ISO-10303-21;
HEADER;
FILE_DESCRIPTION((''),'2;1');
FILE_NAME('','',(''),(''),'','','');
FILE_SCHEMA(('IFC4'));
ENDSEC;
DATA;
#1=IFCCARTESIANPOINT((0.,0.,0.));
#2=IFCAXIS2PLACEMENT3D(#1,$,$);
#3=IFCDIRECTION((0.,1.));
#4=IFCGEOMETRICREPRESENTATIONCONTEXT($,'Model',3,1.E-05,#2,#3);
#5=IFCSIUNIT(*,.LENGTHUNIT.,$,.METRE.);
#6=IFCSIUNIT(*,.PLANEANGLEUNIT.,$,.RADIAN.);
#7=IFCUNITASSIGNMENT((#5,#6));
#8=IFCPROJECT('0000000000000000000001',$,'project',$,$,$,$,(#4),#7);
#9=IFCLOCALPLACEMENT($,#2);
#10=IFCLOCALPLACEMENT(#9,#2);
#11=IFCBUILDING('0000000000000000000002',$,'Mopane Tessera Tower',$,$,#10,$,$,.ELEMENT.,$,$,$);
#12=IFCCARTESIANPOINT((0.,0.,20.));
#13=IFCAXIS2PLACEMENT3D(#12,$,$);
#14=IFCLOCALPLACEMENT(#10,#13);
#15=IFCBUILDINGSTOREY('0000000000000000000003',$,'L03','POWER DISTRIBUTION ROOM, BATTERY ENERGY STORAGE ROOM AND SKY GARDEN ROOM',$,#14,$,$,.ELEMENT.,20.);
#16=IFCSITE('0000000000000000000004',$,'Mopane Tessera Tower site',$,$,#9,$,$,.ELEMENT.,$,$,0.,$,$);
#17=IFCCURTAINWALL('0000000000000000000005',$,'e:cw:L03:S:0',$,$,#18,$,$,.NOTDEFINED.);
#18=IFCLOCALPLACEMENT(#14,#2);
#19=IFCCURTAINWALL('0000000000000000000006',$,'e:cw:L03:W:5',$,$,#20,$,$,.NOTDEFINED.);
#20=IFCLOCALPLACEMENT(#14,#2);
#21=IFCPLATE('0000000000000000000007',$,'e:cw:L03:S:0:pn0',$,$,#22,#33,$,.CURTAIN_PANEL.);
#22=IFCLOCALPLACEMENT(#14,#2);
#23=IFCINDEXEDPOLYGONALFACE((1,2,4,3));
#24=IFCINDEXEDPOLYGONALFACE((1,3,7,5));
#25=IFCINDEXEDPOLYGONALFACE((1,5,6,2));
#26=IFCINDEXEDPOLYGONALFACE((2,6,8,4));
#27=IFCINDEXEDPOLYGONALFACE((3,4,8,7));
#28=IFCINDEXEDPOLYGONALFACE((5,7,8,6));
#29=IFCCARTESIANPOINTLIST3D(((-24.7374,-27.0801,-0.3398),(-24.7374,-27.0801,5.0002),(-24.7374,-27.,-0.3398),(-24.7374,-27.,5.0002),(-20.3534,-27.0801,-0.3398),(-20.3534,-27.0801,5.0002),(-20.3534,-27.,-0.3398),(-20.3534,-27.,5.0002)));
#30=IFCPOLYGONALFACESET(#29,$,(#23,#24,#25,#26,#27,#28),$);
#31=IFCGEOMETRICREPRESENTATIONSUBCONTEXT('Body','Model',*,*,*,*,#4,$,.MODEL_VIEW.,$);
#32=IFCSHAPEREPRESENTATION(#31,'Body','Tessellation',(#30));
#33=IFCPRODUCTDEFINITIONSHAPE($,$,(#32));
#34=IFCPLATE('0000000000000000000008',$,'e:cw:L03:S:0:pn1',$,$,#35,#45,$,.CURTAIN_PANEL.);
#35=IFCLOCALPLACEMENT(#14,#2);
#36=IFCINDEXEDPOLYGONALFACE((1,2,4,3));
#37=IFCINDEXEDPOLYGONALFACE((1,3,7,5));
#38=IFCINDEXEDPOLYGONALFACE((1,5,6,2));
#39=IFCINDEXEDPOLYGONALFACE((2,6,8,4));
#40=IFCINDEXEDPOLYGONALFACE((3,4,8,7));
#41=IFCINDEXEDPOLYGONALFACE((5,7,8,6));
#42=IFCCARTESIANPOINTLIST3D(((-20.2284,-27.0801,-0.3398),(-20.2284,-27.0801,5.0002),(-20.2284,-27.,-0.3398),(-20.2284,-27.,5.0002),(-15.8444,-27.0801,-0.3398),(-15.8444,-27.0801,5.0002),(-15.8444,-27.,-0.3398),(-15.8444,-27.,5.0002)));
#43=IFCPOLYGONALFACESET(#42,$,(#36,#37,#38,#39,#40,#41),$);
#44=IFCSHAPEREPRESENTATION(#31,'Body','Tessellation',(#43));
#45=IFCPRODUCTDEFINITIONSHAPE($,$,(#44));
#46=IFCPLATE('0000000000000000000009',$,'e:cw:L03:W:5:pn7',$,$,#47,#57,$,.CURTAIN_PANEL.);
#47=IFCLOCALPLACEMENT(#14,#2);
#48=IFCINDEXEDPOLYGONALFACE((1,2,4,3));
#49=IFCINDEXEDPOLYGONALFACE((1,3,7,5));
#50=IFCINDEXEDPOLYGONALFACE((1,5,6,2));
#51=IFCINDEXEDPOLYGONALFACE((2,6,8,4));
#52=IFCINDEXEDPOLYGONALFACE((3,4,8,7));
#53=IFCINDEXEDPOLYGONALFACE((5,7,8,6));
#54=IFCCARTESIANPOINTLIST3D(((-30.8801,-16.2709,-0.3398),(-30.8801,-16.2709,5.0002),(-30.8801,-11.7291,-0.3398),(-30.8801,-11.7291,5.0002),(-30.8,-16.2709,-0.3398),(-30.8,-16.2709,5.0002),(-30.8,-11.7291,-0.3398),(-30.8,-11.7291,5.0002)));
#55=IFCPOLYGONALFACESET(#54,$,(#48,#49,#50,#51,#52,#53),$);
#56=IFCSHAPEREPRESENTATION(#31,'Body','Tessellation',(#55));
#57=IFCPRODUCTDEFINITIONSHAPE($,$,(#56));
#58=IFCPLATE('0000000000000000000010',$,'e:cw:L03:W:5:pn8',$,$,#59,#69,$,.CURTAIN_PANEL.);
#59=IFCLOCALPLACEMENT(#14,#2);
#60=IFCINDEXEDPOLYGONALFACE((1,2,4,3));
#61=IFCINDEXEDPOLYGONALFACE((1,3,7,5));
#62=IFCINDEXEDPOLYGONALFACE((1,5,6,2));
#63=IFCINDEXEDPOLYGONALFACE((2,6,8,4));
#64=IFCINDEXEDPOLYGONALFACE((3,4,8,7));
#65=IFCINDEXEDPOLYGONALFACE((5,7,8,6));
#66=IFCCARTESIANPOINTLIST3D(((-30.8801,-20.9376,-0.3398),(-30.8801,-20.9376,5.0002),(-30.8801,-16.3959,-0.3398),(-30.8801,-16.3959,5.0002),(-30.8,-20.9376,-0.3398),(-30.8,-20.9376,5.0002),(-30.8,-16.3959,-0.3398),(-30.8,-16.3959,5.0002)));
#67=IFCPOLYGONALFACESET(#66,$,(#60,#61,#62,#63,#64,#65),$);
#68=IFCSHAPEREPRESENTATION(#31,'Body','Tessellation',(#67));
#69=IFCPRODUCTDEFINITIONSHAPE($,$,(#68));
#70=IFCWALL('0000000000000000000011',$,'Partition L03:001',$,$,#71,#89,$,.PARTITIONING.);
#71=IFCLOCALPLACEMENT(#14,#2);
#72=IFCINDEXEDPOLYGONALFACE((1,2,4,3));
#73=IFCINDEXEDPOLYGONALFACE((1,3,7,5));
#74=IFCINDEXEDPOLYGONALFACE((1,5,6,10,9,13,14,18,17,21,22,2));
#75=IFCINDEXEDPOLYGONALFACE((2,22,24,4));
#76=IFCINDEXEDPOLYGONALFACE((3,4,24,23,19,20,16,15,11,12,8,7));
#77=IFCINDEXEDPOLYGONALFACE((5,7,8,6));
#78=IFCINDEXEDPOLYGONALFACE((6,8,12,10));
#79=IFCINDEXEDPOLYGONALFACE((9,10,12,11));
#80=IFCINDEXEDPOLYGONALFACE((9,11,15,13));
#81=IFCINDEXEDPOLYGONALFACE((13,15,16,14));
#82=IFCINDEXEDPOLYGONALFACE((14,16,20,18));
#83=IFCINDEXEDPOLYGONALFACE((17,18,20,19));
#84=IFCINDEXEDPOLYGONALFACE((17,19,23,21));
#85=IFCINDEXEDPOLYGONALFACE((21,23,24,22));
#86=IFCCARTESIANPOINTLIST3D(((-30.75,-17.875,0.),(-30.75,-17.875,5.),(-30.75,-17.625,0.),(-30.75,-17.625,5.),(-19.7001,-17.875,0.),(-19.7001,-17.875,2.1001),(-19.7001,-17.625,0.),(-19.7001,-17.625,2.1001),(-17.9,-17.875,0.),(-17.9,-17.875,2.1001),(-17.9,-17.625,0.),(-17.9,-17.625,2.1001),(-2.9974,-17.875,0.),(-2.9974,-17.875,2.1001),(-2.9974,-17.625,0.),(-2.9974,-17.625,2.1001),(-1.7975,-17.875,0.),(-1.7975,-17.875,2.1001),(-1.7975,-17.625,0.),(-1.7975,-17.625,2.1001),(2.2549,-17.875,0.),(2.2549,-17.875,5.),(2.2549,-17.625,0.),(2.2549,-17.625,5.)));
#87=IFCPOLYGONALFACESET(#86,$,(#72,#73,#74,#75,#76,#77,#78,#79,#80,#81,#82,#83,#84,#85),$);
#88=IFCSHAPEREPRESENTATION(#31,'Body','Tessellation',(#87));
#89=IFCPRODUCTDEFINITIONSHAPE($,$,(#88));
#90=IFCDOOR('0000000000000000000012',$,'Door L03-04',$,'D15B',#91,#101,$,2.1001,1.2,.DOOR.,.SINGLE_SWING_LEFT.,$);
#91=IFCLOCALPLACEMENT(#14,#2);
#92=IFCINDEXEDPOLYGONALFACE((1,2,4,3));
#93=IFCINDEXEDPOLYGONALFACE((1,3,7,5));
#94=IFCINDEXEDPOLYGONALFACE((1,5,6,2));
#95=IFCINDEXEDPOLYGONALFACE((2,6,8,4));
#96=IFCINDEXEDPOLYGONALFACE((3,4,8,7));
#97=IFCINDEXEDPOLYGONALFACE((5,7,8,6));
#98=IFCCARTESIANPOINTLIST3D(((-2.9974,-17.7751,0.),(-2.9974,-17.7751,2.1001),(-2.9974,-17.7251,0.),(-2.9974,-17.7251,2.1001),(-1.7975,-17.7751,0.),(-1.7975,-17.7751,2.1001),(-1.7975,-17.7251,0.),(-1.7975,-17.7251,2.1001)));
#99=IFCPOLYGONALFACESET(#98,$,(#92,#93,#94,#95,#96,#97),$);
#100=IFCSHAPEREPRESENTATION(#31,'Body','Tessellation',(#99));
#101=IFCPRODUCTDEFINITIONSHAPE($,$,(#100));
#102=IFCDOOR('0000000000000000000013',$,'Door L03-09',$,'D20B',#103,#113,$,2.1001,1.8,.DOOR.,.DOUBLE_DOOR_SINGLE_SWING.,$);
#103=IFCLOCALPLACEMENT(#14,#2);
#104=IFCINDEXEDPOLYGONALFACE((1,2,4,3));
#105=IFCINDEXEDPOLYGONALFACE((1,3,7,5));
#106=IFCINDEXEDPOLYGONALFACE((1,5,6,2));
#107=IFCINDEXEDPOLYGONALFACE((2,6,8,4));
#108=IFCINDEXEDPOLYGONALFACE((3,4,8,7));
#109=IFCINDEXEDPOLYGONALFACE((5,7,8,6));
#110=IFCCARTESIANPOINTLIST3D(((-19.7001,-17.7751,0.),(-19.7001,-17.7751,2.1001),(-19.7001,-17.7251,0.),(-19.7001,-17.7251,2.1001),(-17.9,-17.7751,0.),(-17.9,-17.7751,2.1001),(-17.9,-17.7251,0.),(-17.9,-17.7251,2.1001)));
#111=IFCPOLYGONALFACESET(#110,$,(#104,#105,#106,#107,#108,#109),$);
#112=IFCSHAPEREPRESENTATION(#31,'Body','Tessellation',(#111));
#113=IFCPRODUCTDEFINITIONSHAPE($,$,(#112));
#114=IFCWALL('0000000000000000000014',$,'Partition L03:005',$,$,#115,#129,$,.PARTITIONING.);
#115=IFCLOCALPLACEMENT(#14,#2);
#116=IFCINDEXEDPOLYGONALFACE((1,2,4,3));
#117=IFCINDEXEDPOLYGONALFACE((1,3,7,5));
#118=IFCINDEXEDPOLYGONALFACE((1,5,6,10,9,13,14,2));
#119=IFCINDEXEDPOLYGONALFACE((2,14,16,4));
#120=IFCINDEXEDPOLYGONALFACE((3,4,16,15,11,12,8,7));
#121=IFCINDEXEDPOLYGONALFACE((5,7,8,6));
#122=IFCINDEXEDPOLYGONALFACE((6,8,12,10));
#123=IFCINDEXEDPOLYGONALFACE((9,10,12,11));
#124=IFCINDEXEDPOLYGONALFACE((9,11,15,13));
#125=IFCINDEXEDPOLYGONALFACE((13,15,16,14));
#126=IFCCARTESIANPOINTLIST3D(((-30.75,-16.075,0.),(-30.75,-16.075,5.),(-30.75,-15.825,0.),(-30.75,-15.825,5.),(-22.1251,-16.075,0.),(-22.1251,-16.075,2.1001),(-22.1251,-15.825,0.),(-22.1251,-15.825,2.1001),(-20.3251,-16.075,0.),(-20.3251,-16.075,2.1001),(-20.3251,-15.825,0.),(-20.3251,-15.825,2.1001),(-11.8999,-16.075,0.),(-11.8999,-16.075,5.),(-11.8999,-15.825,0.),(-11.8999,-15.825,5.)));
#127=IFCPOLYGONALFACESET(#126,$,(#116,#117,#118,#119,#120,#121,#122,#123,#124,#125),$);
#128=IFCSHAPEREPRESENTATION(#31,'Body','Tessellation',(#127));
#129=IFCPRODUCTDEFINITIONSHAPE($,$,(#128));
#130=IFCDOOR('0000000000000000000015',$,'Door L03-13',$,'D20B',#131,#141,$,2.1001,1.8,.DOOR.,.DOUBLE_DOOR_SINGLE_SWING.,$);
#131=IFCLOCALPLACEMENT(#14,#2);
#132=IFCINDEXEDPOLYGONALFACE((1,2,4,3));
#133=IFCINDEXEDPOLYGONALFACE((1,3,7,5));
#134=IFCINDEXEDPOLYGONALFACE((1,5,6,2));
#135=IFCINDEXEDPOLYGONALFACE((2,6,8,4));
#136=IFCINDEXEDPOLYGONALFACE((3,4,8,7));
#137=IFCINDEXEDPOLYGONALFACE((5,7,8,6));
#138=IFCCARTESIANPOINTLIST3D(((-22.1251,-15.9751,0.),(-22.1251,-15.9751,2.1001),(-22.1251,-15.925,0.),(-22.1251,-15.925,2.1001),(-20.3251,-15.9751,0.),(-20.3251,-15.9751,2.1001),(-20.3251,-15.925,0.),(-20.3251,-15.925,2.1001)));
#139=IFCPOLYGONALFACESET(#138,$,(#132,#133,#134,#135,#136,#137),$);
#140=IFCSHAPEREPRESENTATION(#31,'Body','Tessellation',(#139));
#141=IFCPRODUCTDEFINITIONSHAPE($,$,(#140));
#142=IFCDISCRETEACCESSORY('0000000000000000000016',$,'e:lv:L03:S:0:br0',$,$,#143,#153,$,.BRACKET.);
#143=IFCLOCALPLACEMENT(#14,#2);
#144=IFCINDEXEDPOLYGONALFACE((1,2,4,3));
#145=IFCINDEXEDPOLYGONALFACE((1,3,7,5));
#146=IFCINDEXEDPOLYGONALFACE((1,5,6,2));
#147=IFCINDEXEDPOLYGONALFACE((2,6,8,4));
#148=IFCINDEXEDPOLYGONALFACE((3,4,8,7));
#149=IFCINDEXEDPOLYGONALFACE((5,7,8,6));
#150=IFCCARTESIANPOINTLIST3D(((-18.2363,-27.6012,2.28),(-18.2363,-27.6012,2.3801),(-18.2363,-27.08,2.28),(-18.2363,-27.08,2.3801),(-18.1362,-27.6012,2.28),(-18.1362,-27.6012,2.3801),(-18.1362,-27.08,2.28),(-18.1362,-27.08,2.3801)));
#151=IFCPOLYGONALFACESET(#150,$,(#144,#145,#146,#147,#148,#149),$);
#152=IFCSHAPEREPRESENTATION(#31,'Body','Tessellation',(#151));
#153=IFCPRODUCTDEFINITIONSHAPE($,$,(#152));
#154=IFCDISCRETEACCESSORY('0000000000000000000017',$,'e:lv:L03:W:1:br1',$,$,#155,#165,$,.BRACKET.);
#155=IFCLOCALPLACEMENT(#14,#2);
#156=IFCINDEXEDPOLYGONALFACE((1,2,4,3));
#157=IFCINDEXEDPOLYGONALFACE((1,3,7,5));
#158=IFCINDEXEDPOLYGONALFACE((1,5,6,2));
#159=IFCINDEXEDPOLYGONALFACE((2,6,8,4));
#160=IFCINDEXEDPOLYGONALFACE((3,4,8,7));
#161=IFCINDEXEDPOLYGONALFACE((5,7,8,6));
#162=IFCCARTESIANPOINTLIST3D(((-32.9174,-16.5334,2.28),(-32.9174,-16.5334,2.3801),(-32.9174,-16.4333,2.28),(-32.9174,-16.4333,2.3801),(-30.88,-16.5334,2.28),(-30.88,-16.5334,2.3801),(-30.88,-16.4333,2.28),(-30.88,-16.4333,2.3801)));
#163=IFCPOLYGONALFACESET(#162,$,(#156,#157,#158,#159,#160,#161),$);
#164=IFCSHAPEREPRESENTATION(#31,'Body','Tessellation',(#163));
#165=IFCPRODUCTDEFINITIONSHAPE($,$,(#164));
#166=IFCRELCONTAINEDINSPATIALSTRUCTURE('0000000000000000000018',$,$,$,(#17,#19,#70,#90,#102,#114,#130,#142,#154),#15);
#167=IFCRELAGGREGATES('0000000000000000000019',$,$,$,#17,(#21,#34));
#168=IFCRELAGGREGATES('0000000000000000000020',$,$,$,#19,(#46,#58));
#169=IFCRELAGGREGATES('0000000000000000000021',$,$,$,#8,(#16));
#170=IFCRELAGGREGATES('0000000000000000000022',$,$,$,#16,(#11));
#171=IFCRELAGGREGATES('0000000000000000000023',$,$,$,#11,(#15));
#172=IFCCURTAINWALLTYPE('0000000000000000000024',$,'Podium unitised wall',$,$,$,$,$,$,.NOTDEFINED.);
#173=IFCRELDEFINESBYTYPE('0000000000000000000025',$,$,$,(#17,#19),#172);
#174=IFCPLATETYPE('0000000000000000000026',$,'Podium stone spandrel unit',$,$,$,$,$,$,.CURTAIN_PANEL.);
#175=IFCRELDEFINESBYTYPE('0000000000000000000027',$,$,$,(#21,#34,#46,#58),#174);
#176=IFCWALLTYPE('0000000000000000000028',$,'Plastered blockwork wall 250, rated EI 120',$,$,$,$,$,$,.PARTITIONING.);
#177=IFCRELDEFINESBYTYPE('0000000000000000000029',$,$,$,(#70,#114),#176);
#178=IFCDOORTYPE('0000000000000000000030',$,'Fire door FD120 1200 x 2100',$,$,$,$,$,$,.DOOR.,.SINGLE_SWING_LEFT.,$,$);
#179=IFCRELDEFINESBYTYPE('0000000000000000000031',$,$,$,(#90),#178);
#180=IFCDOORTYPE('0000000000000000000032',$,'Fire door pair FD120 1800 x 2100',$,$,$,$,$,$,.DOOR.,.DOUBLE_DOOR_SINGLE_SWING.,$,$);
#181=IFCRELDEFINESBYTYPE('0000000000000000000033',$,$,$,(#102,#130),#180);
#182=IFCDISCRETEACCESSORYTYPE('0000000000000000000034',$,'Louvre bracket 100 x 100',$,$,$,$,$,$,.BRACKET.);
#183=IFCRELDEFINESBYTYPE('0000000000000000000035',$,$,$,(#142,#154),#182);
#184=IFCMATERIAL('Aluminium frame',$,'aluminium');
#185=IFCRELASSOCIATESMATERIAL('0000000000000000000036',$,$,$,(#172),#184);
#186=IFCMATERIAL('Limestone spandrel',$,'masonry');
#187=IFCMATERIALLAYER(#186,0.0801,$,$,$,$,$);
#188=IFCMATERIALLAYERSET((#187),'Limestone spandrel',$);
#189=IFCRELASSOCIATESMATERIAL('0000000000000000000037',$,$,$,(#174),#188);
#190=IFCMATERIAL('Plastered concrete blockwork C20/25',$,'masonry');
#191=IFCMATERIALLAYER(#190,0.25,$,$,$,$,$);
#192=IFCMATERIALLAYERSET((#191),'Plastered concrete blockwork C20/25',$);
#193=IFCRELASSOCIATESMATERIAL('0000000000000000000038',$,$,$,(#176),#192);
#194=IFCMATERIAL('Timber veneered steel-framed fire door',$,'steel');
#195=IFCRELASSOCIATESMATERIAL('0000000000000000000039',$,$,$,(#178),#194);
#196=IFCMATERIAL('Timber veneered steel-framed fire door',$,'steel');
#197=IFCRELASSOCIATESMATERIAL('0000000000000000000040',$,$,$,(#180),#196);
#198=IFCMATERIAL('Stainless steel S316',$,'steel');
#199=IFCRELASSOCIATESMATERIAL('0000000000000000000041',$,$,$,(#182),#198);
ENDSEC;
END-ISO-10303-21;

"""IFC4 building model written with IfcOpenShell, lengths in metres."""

from ifc_helpers import new_model, si_unit, direction, frame, frame_2d, origin, origin_2d, place, context, subcontext, project, spatial, rectangle, extrude, material, layer, layer_set, type_object, element, fill, aggregate, save


model = new_model("IFC4")

# Units and contexts
model_context = context("Model", 3, precision=1e-05, world=origin(), true_north=direction((0.0, 1.0)))
body_context = subcontext(model_context, "Body", "Model", "MODEL_VIEW")
ifc_project = project(units=[si_unit("LENGTHUNIT", "METRE"), si_unit("PLANEANGLEUNIT", "RADIAN")], contexts=[model_context])

# Site, building, storey
site_placement = place(None, origin())
site = spatial("IfcSite", under=ifc_project, at=site_placement, Name="Mopane Tessera Tower site", CompositionType="ELEMENT", RefElevation=0.0)
building_placement = place(site_placement, origin())
building = spatial("IfcBuilding", under=site, at=building_placement, Name="Mopane Tessera Tower", CompositionType="ELEMENT")
storey_placement = place(building_placement, frame((0.0, 0.0, 20.0)))
storey = spatial("IfcBuildingStorey", under=building, at=storey_placement, Name="L03", Description="POWER DISTRIBUTION ROOM, BATTERY ENERGY STORAGE ROOM AND SKY GARDEN ROOM", CompositionType="ELEMENT", Elevation=20.0)

# Curtain walls
ifc_material_1 = material(Name="Aluminium frame", Category="aluminium")
curtain_wall_type = type_object("IfcCurtainWallType", Name="Podium unitised wall", PredefinedType="NOTDEFINED", material=ifc_material_1)
curtain_wall_1_placement = place(storey_placement, origin())
curtain_wall_1 = element("IfcCurtainWall", 1, at=curtain_wall_1_placement, inside=storey, type_object=curtain_wall_type, Name="e:cw:L03:S:0", PredefinedType="NOTDEFINED")
curtain_wall_2_placement = place(storey_placement, origin())
curtain_wall_2 = element("IfcCurtainWall", 2, at=curtain_wall_2_placement, inside=storey, type_object=curtain_wall_type, Name="e:cw:L03:W:5", PredefinedType="NOTDEFINED")

# Plates
ifc_material_2 = material(Name="Limestone spandrel", Category="masonry")
ifc_layer_1 = layer(ifc_material_2, 0.0801)
ifc_layer_set_1 = layer_set([ifc_layer_1], Name="Limestone spandrel")
plate_type = type_object("IfcPlateType", Name="Podium stone spandrel unit", PredefinedType="CURTAIN_PANEL", material=ifc_layer_set_1)
plate_1_placement = place(storey_placement, frame((-22.5454, -27.04, -0.3398), z_axis=(0.0, 0.0, 1.0), x_axis=(1.0, 0.0, 0.0)))
plate_1 = element("IfcPlate", 3, at=plate_1_placement, type_object=plate_type, Name="e:cw:L03:S:0:pn0", PredefinedType="CURTAIN_PANEL", context=body_context, shape_type="SweptSolid", body=[
    extrude(rectangle(XDim=4.384, YDim=0.0801, at=origin_2d()), origin(), (0.0, 0.0, 1.0), 5.3401),
])
plate_2_placement = place(storey_placement, frame((-18.0364, -27.04, -0.3398), z_axis=(0.0, 0.0, 1.0), x_axis=(1.0, 0.0, 0.0)))
plate_2 = element("IfcPlate", 4, at=plate_2_placement, type_object=plate_type, Name="e:cw:L03:S:0:pn1", PredefinedType="CURTAIN_PANEL", context=body_context, shape_type="SweptSolid", body=[
    extrude(rectangle(XDim=4.384, YDim=0.0801, at=origin_2d()), origin(), (0.0, 0.0, 1.0), 5.3401),
])
aggregate(curtain_wall_1, [plate_1, plate_2])
plate_3_placement = place(storey_placement, frame((-30.8401, -14.0, -0.3398), z_axis=(0.0, 0.0, 1.0), x_axis=(0.0, -1.0, 0.0)))
plate_3 = element("IfcPlate", 5, at=plate_3_placement, type_object=plate_type, Name="e:cw:L03:W:5:pn7", PredefinedType="CURTAIN_PANEL", context=body_context, shape_type="SweptSolid", body=[
    extrude(rectangle(XDim=4.5417, YDim=0.0801, at=origin_2d()), origin(), (0.0, 0.0, 1.0), 5.3401),
])
plate_4_placement = place(storey_placement, frame((-30.8401, -18.6667, -0.3398), z_axis=(0.0, 0.0, 1.0), x_axis=(0.0, -1.0, 0.0)))
plate_4 = element("IfcPlate", 6, at=plate_4_placement, type_object=plate_type, Name="e:cw:L03:W:5:pn8", PredefinedType="CURTAIN_PANEL", context=body_context, shape_type="SweptSolid", body=[
    extrude(rectangle(XDim=4.5417, YDim=0.0801, at=origin_2d()), origin(), (0.0, 0.0, 1.0), 5.3401),
])
aggregate(curtain_wall_2, [plate_3, plate_4])

# Wall, openings, doors
ifc_material_3 = material(Name="Plastered concrete blockwork C20/25", Category="masonry")
ifc_layer_2 = layer(ifc_material_3, 0.25)
ifc_layer_set_2 = layer_set([ifc_layer_2], Name="Plastered concrete blockwork C20/25")
wall_type = type_object("IfcWallType", Name="Plastered blockwork wall 250, rated EI 120", PredefinedType="PARTITIONING", material=ifc_layer_set_2)
wall_1_placement = place(storey_placement, frame((-30.75, -17.75, 0.0), z_axis=(0.0, 0.0, 1.0), x_axis=(1.0, 0.0, 0.0)))
wall_1 = element("IfcWall", 7, at=wall_1_placement, inside=storey, type_object=wall_type, Name="Partition L03:001", PredefinedType="PARTITIONING", context=body_context, shape_type="SweptSolid", body=[
    extrude(rectangle(XDim=33.0049, YDim=0.25, at=frame_2d((16.5024, 0.0))), origin(), (0.0, 0.0, 1.0), 5.0),
])
opening_1_placement = place(wall_1_placement, frame((27.7524, 0.0, 0.0)))
opening_1 = element("IfcOpeningElement", 8, at=opening_1_placement, cuts=wall_1, PredefinedType="OPENING", context=body_context, shape_type="SweptSolid", body=[
    extrude(rectangle(XDim=1.2, YDim=2.1001, at=frame_2d((0.6001, 1.05))), frame((0.0, 0.137, 0.0), z_axis=(0.0, -1.0, 0.0), x_axis=(1.0, 0.0, 0.0)), (0.0, 0.0, 1.0), 0.2739),
])
opening_2_placement = place(wall_1_placement, frame((11.05, 0.0, 0.0)))
opening_2 = element("IfcOpeningElement", 9, at=opening_2_placement, cuts=wall_1, PredefinedType="OPENING", context=body_context, shape_type="SweptSolid", body=[
    extrude(rectangle(XDim=1.8, YDim=2.1001, at=frame_2d((0.8999, 1.05))), frame((0.0, 0.137, 0.0), z_axis=(0.0, -1.0, 0.0), x_axis=(1.0, 0.0, 0.0)), (0.0, 0.0, 1.0), 0.2739),
])
ifc_material_4 = material(Name="Timber veneered steel-framed fire door", Category="steel")
door_type_1 = type_object("IfcDoorType", Name="Fire door FD120 1200 x 2100", OperationType="SINGLE_SWING_LEFT", PredefinedType="DOOR", material=ifc_material_4)
door_1_placement = place(opening_1_placement, origin())
door_1 = element("IfcDoor", 10, at=door_1_placement, inside=storey, type_object=door_type_1, Name="Door L03-04", ObjectType="D15B", OperationType="SINGLE_SWING_LEFT", OverallHeight=2.1001, OverallWidth=1.2, PredefinedType="DOOR", context=body_context, shape_type="SweptSolid", body=[
    extrude(rectangle(XDim=1.2, YDim=2.1001, at=frame_2d((0.6001, 1.05))), frame((0.0, 0.0249, 0.0), z_axis=(0.0, -1.0, 0.0), x_axis=(1.0, 0.0, 0.0)), (0.0, 0.0, 1.0), 0.05),
])
fill(opening_1, door_1)
ifc_material_5 = material(Name="Timber veneered steel-framed fire door", Category="steel")
door_type_2 = type_object("IfcDoorType", Name="Fire door pair FD120 1800 x 2100", OperationType="DOUBLE_DOOR_SINGLE_SWING", PredefinedType="DOOR", material=ifc_material_5)
door_2_placement = place(opening_2_placement, origin())
door_2 = element("IfcDoor", 11, at=door_2_placement, inside=storey, type_object=door_type_2, Name="Door L03-09", ObjectType="D20B", OperationType="DOUBLE_DOOR_SINGLE_SWING", OverallHeight=2.1001, OverallWidth=1.8, PredefinedType="DOOR", context=body_context, shape_type="SweptSolid", body=[
    extrude(rectangle(XDim=1.8, YDim=2.1001, at=frame_2d((0.8999, 1.05))), frame((0.0, 0.0249, 0.0), z_axis=(0.0, -1.0, 0.0), x_axis=(1.0, 0.0, 0.0)), (0.0, 0.0, 1.0), 0.05),
])
fill(opening_2, door_2)

# Wall, opening, door
wall_2_placement = place(storey_placement, frame((-30.75, -15.95, 0.0), z_axis=(0.0, 0.0, 1.0), x_axis=(1.0, 0.0, 0.0)))
wall_2 = element("IfcWall", 12, at=wall_2_placement, inside=storey, type_object=wall_type, Name="Partition L03:005", PredefinedType="PARTITIONING", context=body_context, shape_type="SweptSolid", body=[
    extrude(rectangle(XDim=18.8501, YDim=0.25, at=frame_2d((9.425, 0.0))), origin(), (0.0, 0.0, 1.0), 5.0),
])
opening_3_placement = place(wall_2_placement, frame((8.625, 0.0, 0.0)))
opening_3 = element("IfcOpeningElement", 13, at=opening_3_placement, cuts=wall_2, PredefinedType="OPENING", context=body_context, shape_type="SweptSolid", body=[
    extrude(rectangle(XDim=1.8, YDim=2.1001, at=frame_2d((0.8999, 1.05))), frame((0.0, 0.137, 0.0), z_axis=(0.0, -1.0, 0.0), x_axis=(1.0, 0.0, 0.0)), (0.0, 0.0, 1.0), 0.2739),
])
door_3_placement = place(opening_3_placement, origin())
door_3 = element("IfcDoor", 14, at=door_3_placement, inside=storey, type_object=door_type_2, Name="Door L03-13", ObjectType="D20B", OperationType="DOUBLE_DOOR_SINGLE_SWING", OverallHeight=2.1001, OverallWidth=1.8, PredefinedType="DOOR", context=body_context, shape_type="SweptSolid", body=[
    extrude(rectangle(XDim=1.8, YDim=2.1001, at=frame_2d((0.8999, 1.05))), frame((0.0, 0.0249, 0.0), z_axis=(0.0, -1.0, 0.0), x_axis=(1.0, 0.0, 0.0)), (0.0, 0.0, 1.0), 0.05),
])
fill(opening_3, door_3)

# Discrete accessories
ifc_material_6 = material(Name="Stainless steel S316", Category="steel")
discrete_accessory_type = type_object("IfcDiscreteAccessoryType", Name="Louvre bracket 100 x 100", PredefinedType="BRACKET", material=ifc_material_6)
discrete_accessory_1_placement = place(storey_placement, frame((-18.1863, -27.3406, 2.28), z_axis=(0.0, 0.0, 1.0), x_axis=(0.0, -1.0, 0.0)))
element("IfcDiscreteAccessory", 15, at=discrete_accessory_1_placement, inside=storey, type_object=discrete_accessory_type, Name="e:lv:L03:S:0:br0", PredefinedType="BRACKET", context=body_context, shape_type="SweptSolid", body=[
    extrude(rectangle(XDim=0.5212, YDim=0.1001, at=origin_2d()), origin(), (0.0, 0.0, 1.0), 0.1001),
])
discrete_accessory_2_placement = place(storey_placement, frame((-31.8987, -16.4834, 2.28), z_axis=(0.0, 0.0, 1.0), x_axis=(-1.0, 0.0, 0.0)))
element("IfcDiscreteAccessory", 16, at=discrete_accessory_2_placement, inside=storey, type_object=discrete_accessory_type, Name="e:lv:L03:W:1:br1", PredefinedType="BRACKET", context=body_context, shape_type="SweptSolid", body=[
    extrude(rectangle(XDim=2.0374, YDim=0.1001, at=origin_2d()), origin(), (0.0, 0.0, 1.0), 0.1001),
])

save(model, "model.ifc")
